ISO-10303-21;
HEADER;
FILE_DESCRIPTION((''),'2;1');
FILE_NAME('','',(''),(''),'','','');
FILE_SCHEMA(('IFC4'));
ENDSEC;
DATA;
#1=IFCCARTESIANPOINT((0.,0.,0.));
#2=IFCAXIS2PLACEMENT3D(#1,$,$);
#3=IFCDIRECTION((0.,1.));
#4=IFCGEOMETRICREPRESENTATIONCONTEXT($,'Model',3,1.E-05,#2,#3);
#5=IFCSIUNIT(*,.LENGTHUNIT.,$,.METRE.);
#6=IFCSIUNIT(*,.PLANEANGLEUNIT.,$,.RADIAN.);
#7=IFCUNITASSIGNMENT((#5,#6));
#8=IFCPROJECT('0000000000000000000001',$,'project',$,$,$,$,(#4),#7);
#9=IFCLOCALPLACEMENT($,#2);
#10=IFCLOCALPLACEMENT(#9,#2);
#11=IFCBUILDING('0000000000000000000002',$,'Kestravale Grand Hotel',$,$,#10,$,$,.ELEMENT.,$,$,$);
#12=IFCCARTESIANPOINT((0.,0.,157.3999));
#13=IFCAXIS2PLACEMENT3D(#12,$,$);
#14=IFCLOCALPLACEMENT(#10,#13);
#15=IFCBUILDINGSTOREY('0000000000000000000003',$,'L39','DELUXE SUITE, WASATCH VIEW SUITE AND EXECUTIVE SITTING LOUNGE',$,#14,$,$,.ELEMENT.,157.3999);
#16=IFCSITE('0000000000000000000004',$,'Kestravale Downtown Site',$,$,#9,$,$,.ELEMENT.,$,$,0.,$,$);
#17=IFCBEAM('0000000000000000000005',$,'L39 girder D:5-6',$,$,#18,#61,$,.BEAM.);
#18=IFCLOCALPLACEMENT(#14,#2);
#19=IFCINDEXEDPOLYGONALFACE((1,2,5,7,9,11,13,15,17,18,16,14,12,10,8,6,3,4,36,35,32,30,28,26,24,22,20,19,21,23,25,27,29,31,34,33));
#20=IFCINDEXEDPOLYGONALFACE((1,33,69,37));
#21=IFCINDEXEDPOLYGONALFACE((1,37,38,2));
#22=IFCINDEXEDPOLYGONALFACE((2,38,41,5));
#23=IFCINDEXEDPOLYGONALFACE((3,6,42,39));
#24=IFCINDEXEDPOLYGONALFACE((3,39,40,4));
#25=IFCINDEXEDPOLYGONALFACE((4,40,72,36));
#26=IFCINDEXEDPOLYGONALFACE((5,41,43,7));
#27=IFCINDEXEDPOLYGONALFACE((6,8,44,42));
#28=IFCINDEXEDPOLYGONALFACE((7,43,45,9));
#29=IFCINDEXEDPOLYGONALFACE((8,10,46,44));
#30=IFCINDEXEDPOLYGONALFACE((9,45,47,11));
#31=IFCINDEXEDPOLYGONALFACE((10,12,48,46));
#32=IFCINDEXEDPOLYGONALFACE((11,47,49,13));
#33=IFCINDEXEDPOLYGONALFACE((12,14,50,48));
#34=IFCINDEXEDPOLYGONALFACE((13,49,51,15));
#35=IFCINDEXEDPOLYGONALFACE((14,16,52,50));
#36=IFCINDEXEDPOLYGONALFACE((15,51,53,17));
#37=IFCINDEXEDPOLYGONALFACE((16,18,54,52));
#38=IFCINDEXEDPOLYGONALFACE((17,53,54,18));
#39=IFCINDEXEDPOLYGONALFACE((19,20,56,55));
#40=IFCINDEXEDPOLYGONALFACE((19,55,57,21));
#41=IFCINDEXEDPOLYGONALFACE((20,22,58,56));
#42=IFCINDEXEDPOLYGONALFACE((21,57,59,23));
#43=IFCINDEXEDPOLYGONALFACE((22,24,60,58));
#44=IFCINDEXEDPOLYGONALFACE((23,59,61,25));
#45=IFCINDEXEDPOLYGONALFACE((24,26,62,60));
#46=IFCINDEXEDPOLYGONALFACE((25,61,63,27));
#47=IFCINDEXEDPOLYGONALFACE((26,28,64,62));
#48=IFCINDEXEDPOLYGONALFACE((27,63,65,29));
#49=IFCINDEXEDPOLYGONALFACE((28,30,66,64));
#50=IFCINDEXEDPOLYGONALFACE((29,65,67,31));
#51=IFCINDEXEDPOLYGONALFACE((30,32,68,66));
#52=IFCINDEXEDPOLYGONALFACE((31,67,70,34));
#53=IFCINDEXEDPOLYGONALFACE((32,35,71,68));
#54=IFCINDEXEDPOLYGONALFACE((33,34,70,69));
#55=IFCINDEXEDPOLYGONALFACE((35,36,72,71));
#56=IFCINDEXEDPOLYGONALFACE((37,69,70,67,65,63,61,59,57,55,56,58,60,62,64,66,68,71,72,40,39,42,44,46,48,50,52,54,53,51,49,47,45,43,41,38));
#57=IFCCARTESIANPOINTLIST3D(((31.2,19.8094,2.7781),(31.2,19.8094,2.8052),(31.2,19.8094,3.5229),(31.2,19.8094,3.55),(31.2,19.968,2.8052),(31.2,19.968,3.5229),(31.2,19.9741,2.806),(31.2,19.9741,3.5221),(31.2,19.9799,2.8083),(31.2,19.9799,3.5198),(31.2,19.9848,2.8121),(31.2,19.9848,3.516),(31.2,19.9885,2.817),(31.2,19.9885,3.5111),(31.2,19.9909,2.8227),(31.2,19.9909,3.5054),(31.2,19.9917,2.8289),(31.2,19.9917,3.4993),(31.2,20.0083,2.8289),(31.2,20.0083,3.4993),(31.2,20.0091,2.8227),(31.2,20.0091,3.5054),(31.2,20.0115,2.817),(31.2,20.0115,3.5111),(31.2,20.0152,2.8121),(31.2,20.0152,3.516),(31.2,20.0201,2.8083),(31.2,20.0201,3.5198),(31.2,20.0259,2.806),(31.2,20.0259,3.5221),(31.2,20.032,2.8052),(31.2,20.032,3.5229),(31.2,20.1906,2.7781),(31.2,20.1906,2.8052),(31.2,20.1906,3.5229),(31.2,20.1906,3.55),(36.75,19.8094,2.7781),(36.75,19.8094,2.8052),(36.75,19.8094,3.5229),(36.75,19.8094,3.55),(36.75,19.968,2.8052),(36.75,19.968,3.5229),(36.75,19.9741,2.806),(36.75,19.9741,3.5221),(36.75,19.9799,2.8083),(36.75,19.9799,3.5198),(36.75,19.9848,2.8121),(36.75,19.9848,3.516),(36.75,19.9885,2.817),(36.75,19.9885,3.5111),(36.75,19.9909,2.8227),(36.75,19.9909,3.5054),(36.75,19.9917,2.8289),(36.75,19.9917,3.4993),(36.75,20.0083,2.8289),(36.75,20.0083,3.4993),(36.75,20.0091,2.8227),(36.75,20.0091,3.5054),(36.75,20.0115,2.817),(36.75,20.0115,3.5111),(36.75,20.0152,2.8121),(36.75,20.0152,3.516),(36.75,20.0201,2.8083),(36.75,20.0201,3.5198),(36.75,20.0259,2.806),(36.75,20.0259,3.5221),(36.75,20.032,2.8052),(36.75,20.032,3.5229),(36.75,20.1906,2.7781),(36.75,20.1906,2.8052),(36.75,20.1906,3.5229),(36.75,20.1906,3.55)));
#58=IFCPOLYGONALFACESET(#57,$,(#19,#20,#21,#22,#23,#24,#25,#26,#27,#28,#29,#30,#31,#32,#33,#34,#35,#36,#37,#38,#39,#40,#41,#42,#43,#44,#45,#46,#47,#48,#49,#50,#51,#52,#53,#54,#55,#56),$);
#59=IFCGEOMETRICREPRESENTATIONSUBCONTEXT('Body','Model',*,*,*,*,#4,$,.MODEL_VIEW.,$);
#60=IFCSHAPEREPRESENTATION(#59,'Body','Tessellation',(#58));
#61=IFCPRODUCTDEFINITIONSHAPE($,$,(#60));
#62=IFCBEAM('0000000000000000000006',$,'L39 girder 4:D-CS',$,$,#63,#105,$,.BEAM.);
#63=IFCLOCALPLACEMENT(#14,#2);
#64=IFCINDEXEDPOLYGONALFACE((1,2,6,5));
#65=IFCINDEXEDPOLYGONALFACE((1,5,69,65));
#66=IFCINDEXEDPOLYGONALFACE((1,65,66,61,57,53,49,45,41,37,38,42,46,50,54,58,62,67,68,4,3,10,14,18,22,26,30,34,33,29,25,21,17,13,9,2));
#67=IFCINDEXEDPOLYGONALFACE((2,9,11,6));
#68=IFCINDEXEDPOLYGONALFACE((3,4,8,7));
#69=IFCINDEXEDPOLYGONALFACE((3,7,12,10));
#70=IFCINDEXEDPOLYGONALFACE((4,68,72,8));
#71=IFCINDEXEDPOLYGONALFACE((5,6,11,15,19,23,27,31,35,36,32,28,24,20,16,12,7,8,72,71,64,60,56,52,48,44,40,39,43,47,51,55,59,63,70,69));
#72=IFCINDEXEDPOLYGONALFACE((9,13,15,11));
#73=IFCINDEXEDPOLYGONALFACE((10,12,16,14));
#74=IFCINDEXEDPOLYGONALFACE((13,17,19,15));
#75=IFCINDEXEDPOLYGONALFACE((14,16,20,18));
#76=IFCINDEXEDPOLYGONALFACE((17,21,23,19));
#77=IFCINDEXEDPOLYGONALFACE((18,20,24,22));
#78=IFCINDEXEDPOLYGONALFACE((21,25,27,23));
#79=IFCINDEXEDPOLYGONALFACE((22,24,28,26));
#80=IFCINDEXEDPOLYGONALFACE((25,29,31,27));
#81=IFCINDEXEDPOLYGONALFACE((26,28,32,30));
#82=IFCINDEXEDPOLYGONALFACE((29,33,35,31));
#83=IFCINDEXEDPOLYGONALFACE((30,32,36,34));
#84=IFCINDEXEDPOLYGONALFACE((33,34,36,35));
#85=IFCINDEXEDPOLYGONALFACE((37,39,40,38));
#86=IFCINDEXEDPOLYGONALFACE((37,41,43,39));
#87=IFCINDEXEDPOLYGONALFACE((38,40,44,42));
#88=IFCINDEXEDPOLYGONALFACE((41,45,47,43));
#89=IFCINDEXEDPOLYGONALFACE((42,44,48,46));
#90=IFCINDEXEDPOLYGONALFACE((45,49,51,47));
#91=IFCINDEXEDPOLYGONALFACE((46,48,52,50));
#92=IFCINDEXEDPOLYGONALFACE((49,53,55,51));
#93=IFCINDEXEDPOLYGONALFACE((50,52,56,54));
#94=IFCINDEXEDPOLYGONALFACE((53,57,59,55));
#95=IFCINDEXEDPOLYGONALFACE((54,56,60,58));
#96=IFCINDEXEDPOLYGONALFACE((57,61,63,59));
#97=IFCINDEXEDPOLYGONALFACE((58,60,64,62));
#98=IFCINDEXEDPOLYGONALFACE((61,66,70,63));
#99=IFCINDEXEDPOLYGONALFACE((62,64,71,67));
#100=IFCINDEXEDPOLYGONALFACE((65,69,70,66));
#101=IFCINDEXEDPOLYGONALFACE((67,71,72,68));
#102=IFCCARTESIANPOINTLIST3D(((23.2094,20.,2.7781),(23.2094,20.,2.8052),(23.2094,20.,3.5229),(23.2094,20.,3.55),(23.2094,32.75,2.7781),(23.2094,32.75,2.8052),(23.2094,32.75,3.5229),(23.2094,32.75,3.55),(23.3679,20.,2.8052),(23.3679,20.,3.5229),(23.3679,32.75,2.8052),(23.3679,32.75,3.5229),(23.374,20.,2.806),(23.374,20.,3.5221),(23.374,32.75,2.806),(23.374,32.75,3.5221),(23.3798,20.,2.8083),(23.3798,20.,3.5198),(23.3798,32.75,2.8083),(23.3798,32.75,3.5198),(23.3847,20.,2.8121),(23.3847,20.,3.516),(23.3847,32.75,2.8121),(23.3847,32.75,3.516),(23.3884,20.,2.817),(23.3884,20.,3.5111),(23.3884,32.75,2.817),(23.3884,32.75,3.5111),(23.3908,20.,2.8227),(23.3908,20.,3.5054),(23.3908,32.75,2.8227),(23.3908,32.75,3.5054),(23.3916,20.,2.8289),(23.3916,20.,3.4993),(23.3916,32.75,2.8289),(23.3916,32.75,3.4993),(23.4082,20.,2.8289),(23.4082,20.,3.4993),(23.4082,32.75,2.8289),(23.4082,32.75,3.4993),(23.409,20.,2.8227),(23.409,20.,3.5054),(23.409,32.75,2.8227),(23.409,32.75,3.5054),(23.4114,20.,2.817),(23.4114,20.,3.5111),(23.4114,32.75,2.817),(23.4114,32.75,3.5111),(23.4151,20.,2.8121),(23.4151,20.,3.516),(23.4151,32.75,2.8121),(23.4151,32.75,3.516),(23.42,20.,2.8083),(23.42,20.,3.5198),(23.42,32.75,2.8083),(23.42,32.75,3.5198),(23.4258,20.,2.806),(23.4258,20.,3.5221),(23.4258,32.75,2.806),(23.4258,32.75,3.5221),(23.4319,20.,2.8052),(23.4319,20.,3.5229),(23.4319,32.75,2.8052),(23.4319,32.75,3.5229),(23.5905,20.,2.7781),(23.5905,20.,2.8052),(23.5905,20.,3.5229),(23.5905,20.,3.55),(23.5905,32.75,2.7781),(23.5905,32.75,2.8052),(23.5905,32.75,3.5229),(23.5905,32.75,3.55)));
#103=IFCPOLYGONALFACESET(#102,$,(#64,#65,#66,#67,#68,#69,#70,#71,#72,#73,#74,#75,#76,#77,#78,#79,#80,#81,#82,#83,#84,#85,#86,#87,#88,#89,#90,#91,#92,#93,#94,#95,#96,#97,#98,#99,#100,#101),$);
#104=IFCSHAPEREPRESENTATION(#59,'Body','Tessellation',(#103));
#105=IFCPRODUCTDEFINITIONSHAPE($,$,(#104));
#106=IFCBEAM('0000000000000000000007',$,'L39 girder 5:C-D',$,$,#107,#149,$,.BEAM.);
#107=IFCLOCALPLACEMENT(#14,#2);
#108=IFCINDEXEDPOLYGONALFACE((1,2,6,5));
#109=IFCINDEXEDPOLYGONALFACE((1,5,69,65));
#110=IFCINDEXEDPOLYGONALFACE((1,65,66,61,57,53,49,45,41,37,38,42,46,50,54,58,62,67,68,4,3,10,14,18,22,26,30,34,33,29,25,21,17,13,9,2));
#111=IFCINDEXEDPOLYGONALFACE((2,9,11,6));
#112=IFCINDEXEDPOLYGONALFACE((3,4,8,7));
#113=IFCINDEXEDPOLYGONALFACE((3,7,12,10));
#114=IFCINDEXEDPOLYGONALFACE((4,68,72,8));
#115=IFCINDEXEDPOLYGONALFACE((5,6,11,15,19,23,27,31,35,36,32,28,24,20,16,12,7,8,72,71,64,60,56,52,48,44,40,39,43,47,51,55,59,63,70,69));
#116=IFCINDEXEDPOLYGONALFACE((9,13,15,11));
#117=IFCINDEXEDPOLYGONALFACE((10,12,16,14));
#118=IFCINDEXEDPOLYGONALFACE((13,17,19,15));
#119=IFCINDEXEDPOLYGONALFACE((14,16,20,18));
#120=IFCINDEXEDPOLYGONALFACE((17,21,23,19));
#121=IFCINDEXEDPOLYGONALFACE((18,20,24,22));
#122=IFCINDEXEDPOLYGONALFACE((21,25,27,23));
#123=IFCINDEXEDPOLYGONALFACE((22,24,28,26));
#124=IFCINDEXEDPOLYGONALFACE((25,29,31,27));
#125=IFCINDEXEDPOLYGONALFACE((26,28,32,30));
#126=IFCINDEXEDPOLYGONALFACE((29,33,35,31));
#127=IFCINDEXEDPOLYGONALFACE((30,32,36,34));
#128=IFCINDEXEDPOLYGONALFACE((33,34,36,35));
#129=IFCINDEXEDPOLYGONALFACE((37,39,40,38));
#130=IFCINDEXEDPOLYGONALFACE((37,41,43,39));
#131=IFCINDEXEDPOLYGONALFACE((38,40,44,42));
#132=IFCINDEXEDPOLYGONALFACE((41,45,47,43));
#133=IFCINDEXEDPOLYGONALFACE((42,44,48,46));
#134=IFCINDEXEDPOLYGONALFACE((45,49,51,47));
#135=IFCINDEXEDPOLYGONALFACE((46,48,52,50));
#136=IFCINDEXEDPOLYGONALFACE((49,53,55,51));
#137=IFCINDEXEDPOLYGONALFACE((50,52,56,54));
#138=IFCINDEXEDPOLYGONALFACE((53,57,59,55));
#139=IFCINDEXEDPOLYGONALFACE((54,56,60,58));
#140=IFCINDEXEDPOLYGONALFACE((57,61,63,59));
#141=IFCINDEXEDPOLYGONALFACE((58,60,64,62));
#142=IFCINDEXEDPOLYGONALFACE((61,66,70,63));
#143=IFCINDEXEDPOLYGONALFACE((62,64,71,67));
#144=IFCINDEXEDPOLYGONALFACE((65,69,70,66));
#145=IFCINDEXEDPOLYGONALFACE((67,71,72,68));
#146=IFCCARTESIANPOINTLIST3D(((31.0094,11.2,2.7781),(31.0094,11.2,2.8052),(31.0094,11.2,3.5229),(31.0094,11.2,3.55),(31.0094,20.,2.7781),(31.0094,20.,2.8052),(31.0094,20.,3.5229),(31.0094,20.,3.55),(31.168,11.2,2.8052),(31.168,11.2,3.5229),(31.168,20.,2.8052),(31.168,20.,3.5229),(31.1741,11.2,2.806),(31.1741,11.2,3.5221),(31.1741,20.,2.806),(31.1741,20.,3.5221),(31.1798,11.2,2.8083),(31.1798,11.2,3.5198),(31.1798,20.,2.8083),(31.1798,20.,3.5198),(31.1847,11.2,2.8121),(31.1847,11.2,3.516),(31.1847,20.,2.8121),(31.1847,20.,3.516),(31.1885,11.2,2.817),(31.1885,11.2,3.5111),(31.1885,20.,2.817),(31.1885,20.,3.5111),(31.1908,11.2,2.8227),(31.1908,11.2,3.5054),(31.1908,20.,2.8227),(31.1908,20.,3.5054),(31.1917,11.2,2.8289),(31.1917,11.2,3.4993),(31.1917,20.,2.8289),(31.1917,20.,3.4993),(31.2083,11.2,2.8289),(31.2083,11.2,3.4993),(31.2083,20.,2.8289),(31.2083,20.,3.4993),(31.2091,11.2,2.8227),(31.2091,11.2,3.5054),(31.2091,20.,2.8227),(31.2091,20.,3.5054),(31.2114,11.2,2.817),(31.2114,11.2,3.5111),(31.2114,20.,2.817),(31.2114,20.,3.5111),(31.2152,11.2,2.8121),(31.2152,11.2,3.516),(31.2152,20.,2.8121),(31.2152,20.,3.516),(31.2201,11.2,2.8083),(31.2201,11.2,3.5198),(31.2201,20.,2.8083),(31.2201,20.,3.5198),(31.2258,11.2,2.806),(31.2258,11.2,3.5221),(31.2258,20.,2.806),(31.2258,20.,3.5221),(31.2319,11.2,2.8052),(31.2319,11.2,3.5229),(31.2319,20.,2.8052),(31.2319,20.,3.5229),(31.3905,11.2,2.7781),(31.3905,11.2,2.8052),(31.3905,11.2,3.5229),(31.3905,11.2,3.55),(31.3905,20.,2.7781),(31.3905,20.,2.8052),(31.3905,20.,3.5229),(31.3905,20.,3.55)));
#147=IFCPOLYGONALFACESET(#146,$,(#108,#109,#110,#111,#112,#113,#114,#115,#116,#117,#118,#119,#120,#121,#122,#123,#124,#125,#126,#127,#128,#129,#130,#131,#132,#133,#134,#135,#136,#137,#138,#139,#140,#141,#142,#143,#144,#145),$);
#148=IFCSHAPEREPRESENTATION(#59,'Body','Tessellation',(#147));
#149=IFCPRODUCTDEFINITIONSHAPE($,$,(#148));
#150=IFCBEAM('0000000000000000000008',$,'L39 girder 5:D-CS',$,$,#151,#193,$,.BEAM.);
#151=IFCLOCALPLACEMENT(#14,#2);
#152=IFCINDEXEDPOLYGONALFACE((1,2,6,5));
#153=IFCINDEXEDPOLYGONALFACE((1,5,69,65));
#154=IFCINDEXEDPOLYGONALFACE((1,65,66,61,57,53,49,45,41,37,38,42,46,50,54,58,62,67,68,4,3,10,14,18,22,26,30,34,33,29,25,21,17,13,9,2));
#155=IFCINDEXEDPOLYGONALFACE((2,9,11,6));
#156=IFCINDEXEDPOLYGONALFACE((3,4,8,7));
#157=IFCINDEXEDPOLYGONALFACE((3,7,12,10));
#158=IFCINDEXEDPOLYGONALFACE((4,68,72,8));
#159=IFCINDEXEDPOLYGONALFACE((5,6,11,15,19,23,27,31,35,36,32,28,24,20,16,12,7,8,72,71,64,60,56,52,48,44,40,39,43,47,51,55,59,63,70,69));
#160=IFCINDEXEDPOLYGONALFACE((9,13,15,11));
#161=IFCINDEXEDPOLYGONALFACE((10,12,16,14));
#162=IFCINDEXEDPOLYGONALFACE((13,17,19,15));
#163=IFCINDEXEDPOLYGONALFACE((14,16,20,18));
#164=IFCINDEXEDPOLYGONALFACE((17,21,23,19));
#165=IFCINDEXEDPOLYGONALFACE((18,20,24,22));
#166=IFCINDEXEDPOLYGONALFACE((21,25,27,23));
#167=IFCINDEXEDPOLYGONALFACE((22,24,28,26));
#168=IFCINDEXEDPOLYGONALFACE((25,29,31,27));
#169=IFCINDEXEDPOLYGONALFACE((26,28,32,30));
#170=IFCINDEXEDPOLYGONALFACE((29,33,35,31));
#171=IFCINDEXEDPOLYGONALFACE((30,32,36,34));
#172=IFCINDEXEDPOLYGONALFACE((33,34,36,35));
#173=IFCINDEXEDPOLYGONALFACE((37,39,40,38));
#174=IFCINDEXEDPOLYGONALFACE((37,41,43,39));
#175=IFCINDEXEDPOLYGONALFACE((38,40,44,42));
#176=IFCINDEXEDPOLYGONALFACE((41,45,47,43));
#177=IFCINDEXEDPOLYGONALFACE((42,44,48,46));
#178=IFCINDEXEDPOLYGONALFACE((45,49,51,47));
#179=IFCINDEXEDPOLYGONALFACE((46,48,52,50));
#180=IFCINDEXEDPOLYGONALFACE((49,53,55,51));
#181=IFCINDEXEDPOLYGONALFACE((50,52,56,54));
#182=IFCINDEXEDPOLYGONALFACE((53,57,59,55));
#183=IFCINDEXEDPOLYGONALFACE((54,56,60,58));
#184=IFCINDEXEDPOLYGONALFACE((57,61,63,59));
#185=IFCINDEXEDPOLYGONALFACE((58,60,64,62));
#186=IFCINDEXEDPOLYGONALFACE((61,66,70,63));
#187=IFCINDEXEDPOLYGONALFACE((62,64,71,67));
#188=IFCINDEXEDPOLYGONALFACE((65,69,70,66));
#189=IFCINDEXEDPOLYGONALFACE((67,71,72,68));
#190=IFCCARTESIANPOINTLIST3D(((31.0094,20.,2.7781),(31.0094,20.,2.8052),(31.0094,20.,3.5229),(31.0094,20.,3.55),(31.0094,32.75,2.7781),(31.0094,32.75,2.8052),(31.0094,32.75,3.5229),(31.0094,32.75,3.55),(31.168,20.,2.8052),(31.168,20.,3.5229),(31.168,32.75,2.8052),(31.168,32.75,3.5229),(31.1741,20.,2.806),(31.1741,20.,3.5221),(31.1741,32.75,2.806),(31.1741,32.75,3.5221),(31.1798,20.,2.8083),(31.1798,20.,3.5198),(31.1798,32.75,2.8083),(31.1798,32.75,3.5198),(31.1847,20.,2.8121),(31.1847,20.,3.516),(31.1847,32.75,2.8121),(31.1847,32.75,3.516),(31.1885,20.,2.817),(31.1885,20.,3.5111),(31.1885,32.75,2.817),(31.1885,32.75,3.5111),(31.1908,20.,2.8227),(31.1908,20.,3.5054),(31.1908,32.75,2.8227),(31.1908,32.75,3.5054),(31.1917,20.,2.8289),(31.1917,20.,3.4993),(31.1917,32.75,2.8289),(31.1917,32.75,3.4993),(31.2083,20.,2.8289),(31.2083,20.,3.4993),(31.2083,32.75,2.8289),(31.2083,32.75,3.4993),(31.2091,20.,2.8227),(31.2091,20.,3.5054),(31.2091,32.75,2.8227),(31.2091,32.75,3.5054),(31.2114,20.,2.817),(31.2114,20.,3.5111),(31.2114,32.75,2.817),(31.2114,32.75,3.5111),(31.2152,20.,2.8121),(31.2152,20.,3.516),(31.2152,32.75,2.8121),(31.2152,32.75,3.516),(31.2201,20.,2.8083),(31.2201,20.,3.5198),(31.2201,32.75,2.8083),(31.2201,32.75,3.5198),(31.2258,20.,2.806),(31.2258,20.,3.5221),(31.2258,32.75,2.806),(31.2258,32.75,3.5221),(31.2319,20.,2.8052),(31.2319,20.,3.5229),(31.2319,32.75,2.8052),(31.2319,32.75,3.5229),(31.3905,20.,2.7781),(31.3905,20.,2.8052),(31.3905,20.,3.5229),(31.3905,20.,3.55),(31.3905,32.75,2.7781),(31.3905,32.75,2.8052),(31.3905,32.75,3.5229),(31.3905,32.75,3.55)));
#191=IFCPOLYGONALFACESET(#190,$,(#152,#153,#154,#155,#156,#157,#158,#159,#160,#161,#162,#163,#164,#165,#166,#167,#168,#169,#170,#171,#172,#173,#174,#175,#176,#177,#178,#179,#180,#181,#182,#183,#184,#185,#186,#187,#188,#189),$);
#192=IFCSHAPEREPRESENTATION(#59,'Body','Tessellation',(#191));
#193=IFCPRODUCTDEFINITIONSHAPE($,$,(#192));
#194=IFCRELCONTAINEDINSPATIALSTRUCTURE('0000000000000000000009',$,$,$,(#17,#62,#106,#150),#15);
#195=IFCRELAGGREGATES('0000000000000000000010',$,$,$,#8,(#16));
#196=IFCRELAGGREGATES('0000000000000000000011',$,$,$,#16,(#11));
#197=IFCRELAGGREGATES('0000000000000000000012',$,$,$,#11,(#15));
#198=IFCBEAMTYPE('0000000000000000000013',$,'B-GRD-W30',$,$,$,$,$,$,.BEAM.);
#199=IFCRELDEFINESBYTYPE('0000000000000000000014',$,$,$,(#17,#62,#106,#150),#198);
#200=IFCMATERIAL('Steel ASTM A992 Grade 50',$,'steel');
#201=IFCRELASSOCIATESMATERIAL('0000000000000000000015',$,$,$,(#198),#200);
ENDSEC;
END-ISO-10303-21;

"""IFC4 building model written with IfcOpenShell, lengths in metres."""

from ifc_helpers import new_model, si_unit, direction, frame, origin, origin_2d, place, context, subcontext, project, spatial, i_section, extrude, material, material_profile, profile_set, type_object, element, save


model = new_model("IFC4")

# Units and contexts
model_context = context("Model", 3, precision=1e-05, world=origin(), true_north=direction((0.0, 1.0)))
body_context = subcontext(model_context, "Body", "Model", "MODEL_VIEW")
ifc_project = project(units=[si_unit("LENGTHUNIT", "METRE"), si_unit("PLANEANGLEUNIT", "RADIAN")], contexts=[model_context])

# Site, building, storey
site_placement = place(None, origin())
site = spatial("IfcSite", under=ifc_project, at=site_placement, Name="Kestravale Downtown Site", CompositionType="ELEMENT", RefElevation=0.0)
building_placement = place(site_placement, origin())
building = spatial("IfcBuilding", under=site, at=building_placement, Name="Kestravale Grand Hotel", CompositionType="ELEMENT")
storey_placement = place(building_placement, frame((0.0, 0.0, 157.3999)))
storey = spatial("IfcBuildingStorey", under=building, at=storey_placement, Name="L39", Description="DELUXE SUITE, WASATCH VIEW SUITE AND EXECUTIVE SITTING LOUNGE", CompositionType="ELEMENT", Elevation=157.3999)

# Beams
ifc_material_1 = material(Name="Steel ASTM A992 Grade 50", Category="steel")
ifc_material_profile_1 = material_profile(ifc_material_1, i_section(OverallWidth=0.3811, OverallDepth=0.772, WebThickness=0.0166, FlangeThickness=0.0271, FilletRadius=0.0237, at=origin_2d()))
ifc_profile_set_1 = profile_set([ifc_material_profile_1], Name="Steel ASTM A992 Grade 50")
beam_type_1 = type_object("IfcBeamType", Name="B-GRD-W30", PredefinedType="BEAM", material=ifc_profile_set_1)
beam_1_placement = place(storey_placement, frame((31.2, 20.0, 3.1641), z_axis=(1.0, 0.0, 0.0), x_axis=(0.0, 1.0, 0.0)))
element("IfcBeam", 1, at=beam_1_placement, inside=storey, type_object=beam_type_1, Name="L39 girder D:5-6", PredefinedType="BEAM", context=body_context, shape_type="SweptSolid", body=[
    extrude(i_section(OverallWidth=0.3811, OverallDepth=0.772, WebThickness=0.0166, FlangeThickness=0.0271, FilletRadius=0.0237, at=origin_2d()), origin(), (0.0, 0.0, 1.0), 5.55),
])
beam_2_placement = place(storey_placement, frame((23.3999, 20.0, 3.1641), z_axis=(0.0, 1.0, 0.0), x_axis=(-1.0, 0.0, 0.0)))
element("IfcBeam", 2, at=beam_2_placement, inside=storey, type_object=beam_type_1, Name="L39 girder 4:D-CS", PredefinedType="BEAM", context=body_context, shape_type="SweptSolid", body=[
    extrude(i_section(OverallWidth=0.3811, OverallDepth=0.772, WebThickness=0.0166, FlangeThickness=0.0271, FilletRadius=0.0237, at=origin_2d()), origin(), (0.0, 0.0, 1.0), 12.75),
])
beam_3_placement = place(storey_placement, frame((31.2, 11.2, 3.1641), z_axis=(0.0, 1.0, 0.0), x_axis=(-1.0, 0.0, 0.0)))
element("IfcBeam", 3, at=beam_3_placement, inside=storey, type_object=beam_type_1, Name="L39 girder 5:C-D", PredefinedType="BEAM", context=body_context, shape_type="SweptSolid", body=[
    extrude(i_section(OverallWidth=0.3811, OverallDepth=0.772, WebThickness=0.0166, FlangeThickness=0.0271, FilletRadius=0.0237, at=origin_2d()), origin(), (0.0, 0.0, 1.0), 8.8),
])
beam_4_placement = place(storey_placement, frame((31.2, 20.0, 3.1641), z_axis=(0.0, 1.0, 0.0), x_axis=(-1.0, 0.0, 0.0)))
element("IfcBeam", 4, at=beam_4_placement, inside=storey, type_object=beam_type_1, Name="L39 girder 5:D-CS", PredefinedType="BEAM", context=body_context, shape_type="SweptSolid", body=[
    extrude(i_section(OverallWidth=0.3811, OverallDepth=0.772, WebThickness=0.0166, FlangeThickness=0.0271, FilletRadius=0.0237, at=origin_2d()), origin(), (0.0, 0.0, 1.0), 12.75),
])

save(model, "model.ifc")
